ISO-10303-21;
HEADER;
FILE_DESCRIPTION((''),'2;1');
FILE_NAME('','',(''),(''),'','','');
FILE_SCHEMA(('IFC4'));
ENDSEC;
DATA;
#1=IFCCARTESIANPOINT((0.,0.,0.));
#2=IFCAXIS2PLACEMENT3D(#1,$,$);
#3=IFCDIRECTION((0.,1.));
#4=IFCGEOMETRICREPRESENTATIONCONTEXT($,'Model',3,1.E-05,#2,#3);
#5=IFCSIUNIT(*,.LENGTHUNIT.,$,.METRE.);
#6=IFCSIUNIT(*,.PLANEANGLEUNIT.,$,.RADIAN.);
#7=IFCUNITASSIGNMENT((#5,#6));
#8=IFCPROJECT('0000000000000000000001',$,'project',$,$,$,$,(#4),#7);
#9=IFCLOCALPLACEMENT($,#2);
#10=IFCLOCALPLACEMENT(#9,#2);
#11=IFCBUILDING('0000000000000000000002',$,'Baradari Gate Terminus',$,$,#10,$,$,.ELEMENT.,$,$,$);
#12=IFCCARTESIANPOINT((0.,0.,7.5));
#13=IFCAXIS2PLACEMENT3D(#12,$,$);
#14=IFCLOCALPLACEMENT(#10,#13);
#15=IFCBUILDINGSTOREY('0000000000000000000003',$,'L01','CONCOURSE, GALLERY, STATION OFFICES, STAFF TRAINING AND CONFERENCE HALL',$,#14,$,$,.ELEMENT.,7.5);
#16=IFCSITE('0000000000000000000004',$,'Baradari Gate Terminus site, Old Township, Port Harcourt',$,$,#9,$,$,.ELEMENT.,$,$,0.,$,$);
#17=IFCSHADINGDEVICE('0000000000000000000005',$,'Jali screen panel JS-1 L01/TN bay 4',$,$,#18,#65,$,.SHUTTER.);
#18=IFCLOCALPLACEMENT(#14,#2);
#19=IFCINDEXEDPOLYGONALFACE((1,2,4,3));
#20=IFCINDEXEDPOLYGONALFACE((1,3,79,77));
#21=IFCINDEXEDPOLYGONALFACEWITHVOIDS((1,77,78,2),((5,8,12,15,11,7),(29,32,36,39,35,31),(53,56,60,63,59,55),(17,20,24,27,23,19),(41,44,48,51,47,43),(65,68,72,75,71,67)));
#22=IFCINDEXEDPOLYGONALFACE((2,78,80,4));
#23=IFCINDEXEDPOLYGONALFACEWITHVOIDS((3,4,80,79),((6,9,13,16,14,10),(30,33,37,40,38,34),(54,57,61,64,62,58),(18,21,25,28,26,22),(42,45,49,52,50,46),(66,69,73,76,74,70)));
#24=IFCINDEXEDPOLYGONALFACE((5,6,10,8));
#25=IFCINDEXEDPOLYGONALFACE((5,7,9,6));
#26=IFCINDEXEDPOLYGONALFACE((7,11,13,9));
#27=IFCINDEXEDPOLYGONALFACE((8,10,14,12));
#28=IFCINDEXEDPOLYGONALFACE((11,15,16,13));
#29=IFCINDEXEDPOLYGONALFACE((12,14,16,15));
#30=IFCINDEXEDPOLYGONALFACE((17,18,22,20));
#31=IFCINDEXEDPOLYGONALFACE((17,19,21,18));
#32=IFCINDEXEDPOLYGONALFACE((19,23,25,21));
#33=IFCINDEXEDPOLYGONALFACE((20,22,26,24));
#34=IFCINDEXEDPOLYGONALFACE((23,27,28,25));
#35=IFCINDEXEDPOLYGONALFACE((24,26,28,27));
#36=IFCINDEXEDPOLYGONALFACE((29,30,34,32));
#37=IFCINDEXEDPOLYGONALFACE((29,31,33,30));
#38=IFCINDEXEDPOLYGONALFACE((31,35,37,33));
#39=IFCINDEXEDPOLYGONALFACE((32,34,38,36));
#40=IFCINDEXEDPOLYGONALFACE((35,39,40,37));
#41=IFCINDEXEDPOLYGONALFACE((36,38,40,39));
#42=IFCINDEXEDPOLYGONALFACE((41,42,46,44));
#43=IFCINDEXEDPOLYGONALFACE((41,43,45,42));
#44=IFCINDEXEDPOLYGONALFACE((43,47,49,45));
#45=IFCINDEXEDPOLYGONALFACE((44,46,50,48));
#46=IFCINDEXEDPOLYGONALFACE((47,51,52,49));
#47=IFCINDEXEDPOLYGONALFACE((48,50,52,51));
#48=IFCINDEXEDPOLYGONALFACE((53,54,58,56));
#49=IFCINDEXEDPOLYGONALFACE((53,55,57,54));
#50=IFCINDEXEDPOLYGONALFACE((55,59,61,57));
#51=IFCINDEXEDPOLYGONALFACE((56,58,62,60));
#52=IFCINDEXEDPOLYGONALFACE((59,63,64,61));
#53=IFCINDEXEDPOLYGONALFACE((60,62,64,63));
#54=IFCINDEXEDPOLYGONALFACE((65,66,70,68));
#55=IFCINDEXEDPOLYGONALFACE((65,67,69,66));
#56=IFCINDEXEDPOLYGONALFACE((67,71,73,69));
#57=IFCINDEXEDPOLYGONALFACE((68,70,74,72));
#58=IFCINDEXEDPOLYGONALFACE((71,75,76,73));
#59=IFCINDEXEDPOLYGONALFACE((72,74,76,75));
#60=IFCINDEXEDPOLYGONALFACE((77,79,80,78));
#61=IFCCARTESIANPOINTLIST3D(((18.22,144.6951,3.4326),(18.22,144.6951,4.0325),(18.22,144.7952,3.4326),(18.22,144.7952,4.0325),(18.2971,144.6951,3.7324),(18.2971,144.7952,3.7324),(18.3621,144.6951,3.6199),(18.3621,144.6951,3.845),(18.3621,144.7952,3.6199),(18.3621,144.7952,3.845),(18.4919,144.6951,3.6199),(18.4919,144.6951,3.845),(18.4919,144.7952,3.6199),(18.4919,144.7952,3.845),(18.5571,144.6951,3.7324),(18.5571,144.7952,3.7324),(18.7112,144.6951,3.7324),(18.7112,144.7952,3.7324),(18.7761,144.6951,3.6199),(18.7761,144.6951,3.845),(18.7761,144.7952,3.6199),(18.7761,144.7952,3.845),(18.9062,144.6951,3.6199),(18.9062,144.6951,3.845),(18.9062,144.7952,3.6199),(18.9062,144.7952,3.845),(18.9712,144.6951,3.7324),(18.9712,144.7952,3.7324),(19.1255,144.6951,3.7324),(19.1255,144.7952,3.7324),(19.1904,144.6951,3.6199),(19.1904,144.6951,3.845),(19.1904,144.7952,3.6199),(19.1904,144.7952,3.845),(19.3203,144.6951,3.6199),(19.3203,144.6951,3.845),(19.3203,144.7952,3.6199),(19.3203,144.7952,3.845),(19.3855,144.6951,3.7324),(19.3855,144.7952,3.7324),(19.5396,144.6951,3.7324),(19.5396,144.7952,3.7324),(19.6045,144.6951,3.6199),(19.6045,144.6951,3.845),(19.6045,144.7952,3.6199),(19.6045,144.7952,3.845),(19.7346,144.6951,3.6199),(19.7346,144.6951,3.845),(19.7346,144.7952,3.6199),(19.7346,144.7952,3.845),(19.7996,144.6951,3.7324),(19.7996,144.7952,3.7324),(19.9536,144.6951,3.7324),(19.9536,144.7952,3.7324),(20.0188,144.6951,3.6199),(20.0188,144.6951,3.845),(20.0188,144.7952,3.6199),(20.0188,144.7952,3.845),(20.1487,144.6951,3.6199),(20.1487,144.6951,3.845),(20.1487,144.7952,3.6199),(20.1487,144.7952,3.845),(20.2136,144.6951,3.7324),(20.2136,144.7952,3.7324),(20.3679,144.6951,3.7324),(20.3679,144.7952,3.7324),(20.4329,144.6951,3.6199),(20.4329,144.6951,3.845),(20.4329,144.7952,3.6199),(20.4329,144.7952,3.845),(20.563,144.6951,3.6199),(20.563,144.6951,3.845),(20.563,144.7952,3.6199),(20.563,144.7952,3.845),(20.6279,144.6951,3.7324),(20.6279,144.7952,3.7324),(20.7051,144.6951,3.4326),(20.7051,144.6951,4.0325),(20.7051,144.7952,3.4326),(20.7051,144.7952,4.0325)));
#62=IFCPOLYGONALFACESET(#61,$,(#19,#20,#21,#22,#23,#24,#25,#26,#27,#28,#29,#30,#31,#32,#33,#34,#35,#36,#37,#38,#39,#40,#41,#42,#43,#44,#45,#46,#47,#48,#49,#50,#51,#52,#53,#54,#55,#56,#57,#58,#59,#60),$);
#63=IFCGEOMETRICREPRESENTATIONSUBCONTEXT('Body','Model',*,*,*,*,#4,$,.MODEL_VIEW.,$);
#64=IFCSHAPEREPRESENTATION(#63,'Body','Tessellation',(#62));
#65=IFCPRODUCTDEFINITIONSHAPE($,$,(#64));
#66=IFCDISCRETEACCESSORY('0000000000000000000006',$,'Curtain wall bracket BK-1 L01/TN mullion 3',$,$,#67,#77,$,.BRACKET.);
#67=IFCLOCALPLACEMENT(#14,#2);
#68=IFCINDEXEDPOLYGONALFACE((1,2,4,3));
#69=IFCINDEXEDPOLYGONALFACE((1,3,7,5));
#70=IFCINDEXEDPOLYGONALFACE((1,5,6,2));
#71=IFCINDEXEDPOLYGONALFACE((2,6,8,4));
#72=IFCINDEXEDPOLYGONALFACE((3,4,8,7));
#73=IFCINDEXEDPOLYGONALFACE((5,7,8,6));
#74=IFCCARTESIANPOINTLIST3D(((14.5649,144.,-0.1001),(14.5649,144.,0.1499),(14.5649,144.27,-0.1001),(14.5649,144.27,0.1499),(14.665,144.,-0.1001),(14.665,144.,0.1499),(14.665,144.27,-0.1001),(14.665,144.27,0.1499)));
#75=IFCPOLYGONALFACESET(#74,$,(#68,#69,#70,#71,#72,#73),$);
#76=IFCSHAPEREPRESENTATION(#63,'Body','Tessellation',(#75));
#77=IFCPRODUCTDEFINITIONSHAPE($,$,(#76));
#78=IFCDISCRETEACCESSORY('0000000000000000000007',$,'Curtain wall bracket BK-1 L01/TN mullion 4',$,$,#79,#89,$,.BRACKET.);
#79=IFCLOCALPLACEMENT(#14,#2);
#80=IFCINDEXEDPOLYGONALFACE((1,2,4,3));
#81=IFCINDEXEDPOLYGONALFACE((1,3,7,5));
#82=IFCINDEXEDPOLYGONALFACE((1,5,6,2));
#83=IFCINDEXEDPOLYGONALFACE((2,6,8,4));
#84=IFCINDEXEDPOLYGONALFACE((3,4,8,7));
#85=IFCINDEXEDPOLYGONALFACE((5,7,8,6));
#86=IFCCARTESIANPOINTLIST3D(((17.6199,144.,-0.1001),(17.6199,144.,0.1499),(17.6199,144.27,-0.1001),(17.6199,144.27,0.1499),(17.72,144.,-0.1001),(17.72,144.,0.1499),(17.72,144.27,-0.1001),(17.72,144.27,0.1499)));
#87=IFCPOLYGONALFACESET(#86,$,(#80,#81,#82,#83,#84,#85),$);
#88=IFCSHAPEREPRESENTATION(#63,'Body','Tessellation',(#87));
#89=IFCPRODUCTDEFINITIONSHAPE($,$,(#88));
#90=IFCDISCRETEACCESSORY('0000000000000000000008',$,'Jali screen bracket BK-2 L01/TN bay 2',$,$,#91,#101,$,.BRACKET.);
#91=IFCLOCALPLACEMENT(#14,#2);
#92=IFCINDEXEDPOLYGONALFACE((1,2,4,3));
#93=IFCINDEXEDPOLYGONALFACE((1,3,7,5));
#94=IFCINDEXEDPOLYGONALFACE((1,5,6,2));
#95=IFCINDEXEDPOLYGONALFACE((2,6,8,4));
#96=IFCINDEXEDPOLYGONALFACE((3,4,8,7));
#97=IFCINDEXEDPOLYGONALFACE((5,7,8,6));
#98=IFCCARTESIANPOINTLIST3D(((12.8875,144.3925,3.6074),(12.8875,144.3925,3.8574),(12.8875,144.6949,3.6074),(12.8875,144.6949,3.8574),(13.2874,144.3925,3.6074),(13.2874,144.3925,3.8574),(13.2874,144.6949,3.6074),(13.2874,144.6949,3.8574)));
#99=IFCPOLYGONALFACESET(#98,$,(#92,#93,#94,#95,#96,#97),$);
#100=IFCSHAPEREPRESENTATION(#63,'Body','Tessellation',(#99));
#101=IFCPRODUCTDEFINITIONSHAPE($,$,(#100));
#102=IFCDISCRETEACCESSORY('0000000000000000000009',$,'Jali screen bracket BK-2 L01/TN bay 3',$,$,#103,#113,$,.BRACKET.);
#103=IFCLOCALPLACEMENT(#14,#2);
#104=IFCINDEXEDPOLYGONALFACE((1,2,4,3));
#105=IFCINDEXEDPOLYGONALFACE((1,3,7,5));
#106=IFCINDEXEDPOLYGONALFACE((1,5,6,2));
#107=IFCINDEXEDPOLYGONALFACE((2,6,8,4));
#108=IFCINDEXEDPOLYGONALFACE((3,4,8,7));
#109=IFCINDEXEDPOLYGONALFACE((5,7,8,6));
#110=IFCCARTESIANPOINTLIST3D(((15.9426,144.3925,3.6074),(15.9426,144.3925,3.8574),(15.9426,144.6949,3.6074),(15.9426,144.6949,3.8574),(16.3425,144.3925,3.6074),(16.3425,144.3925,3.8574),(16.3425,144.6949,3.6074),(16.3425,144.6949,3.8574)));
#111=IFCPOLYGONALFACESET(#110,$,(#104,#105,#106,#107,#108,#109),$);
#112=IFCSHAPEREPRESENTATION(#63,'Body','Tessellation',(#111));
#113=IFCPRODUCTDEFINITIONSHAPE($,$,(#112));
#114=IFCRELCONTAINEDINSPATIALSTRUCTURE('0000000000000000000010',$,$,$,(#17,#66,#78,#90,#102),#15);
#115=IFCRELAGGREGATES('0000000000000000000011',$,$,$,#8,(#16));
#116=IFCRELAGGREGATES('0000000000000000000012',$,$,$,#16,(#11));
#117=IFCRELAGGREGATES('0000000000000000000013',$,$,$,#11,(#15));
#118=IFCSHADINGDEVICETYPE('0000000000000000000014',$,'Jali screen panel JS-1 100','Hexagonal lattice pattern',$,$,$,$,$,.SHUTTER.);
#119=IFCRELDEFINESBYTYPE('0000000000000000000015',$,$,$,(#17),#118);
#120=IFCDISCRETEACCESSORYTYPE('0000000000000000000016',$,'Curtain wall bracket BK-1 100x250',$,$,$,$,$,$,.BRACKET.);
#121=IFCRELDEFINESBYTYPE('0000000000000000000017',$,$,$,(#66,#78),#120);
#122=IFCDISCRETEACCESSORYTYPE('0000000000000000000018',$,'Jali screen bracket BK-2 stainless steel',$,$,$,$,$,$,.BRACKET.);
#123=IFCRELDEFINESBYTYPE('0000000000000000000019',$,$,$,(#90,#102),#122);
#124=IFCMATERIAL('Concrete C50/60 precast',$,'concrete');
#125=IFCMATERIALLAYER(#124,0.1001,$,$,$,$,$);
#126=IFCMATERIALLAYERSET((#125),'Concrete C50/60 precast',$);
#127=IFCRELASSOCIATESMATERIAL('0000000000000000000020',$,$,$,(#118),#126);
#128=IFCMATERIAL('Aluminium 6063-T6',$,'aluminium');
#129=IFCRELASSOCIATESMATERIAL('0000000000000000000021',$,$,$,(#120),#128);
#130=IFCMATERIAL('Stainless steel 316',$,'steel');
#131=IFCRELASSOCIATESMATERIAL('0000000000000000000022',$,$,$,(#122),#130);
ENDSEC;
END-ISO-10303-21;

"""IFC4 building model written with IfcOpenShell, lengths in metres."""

from ifc_helpers import new_model, si_unit, direction, frame, origin, origin_2d, place, context, subcontext, project, spatial, polyline, rectangle, outline, extrude, material, layer, layer_set, type_object, element, save


model = new_model("IFC4")

# Units and contexts
model_context = context("Model", 3, precision=1e-05, world=origin(), true_north=direction((0.0, 1.0)))
body_context = subcontext(model_context, "Body", "Model", "MODEL_VIEW")
ifc_project = project(units=[si_unit("LENGTHUNIT", "METRE"), si_unit("PLANEANGLEUNIT", "RADIAN")], contexts=[model_context])

# Site, building, storey
site_placement = place(None, origin())
site = spatial("IfcSite", under=ifc_project, at=site_placement, Name="Baradari Gate Terminus site, Old Township, Port Harcourt", CompositionType="ELEMENT", RefElevation=0.0)
building_placement = place(site_placement, origin())
building = spatial("IfcBuilding", under=site, at=building_placement, Name="Baradari Gate Terminus", CompositionType="ELEMENT")
storey_placement = place(building_placement, frame((0.0, 0.0, 7.5)))
storey = spatial("IfcBuildingStorey", under=building, at=storey_placement, Name="L01", Description="CONCOURSE, GALLERY, STATION OFFICES, STAFF TRAINING AND CONFERENCE HALL", CompositionType="ELEMENT", Elevation=7.5)

# Shading device
ifc_material_1 = material(Name="Concrete C50/60 precast", Category="concrete")
ifc_layer_1 = layer(ifc_material_1, 0.1001)
ifc_layer_set_1 = layer_set([ifc_layer_1], Name="Concrete C50/60 precast")
shading_device_type = type_object("IfcShadingDeviceType", Name="Jali screen panel JS-1 100", Description="Hexagonal lattice pattern", PredefinedType="SHUTTER", material=ifc_layer_set_1)
for number, where, z_axis, x_axis, name in (
    (1, (18.22, 144.7451, 3.4326), (0.0, 0.0, 1.0), (1.0, 0.0, 0.0), "Jali screen panel JS-1 L01/TN bay 4"),
):
    element("IfcShadingDevice", number, at=place(storey_placement, frame(where, z_axis=z_axis, x_axis=x_axis)), inside=storey, type_object=shading_device_type, Name=name, PredefinedType="SHUTTER", context=body_context, shape_type="SweptSolid", body=[
        extrude(outline(polyline([(0.0, 0.0), (2.4851, 0.0), (2.4851, 0.5999), (0.0, 0.5999), (0.0, 0.0)]), holes=[polyline([(0.3372, 0.2998), (0.272, 0.1873), (0.1421, 0.1873), (0.0771, 0.2998), (0.1421, 0.4124), (0.272, 0.4124), (0.3372, 0.2998)]), polyline([(0.7512, 0.2998), (0.6863, 0.1873), (0.5562, 0.1873), (0.4912, 0.2998), (0.5562, 0.4124), (0.6863, 0.4124), (0.7512, 0.2998)]), polyline([(1.1655, 0.2998), (1.1003, 0.1873), (0.9705, 0.1873), (0.9055, 0.2998), (0.9705, 0.4124), (1.1003, 0.4124), (1.1655, 0.2998)]), polyline([(1.5796, 0.2998), (1.5146, 0.1873), (1.3845, 0.1873), (1.3196, 0.2998), (1.3845, 0.4124), (1.5146, 0.4124), (1.5796, 0.2998)]), polyline([(1.9937, 0.2998), (1.9287, 0.1873), (1.7988, 0.1873), (1.7336, 0.2998), (1.7988, 0.4124), (1.9287, 0.4124), (1.9937, 0.2998)]), polyline([(2.408, 0.2998), (2.343, 0.1873), (2.2129, 0.1873), (2.1479, 0.2998), (2.2129, 0.4124), (2.343, 0.4124), (2.408, 0.2998)])]), frame((0.0, 0.05, 0.0), z_axis=(0.0, -1.0, 0.0), x_axis=(1.0, 0.0, 0.0)), (0.0, 0.0, 1.0), 0.1001),
    ])

# Discrete accessories
ifc_material_2 = material(Name="Aluminium 6063-T6", Category="aluminium")
discrete_accessory_type_1 = type_object("IfcDiscreteAccessoryType", Name="Curtain wall bracket BK-1 100x250", PredefinedType="BRACKET", material=ifc_material_2)
for number, where, z_axis, x_axis, name in (
    (2, (14.615, 144.135, -0.1001), (0.0, 0.0, 1.0), (0.0, 1.0, 0.0), "Curtain wall bracket BK-1 L01/TN mullion 3"),
    (3, (17.6699, 144.135, -0.1001), (0.0, 0.0, 1.0), (0.0, 1.0, 0.0), "Curtain wall bracket BK-1 L01/TN mullion 4"),
):
    element("IfcDiscreteAccessory", number, at=place(storey_placement, frame(where, z_axis=z_axis, x_axis=x_axis)), inside=storey, type_object=discrete_accessory_type_1, Name=name, PredefinedType="BRACKET", context=body_context, shape_type="SweptSolid", body=[
        extrude(rectangle(XDim=0.27, YDim=0.1001, at=origin_2d()), origin(), (0.0, 0.0, 1.0), 0.25),
    ])
ifc_material_3 = material(Name="Stainless steel 316", Category="steel")
discrete_accessory_type_2 = type_object("IfcDiscreteAccessoryType", Name="Jali screen bracket BK-2 stainless steel", PredefinedType="BRACKET", material=ifc_material_3)
for number, where, z_axis, x_axis, name in (
    (4, (13.0874, 144.5437, 3.6074), (0.0, 0.0, 1.0), (0.0, 1.0, 0.0), "Jali screen bracket BK-2 L01/TN bay 2"),
    (5, (16.1426, 144.5437, 3.6074), (0.0, 0.0, 1.0), (0.0, 1.0, 0.0), "Jali screen bracket BK-2 L01/TN bay 3"),
):
    element("IfcDiscreteAccessory", number, at=place(storey_placement, frame(where, z_axis=z_axis, x_axis=x_axis)), inside=storey, type_object=discrete_accessory_type_2, Name=name, PredefinedType="BRACKET", context=body_context, shape_type="SweptSolid", body=[
        extrude(rectangle(XDim=0.3025, YDim=0.3999, at=origin_2d()), origin(), (0.0, 0.0, 1.0), 0.25),
    ])

save(model, "model.ifc")
